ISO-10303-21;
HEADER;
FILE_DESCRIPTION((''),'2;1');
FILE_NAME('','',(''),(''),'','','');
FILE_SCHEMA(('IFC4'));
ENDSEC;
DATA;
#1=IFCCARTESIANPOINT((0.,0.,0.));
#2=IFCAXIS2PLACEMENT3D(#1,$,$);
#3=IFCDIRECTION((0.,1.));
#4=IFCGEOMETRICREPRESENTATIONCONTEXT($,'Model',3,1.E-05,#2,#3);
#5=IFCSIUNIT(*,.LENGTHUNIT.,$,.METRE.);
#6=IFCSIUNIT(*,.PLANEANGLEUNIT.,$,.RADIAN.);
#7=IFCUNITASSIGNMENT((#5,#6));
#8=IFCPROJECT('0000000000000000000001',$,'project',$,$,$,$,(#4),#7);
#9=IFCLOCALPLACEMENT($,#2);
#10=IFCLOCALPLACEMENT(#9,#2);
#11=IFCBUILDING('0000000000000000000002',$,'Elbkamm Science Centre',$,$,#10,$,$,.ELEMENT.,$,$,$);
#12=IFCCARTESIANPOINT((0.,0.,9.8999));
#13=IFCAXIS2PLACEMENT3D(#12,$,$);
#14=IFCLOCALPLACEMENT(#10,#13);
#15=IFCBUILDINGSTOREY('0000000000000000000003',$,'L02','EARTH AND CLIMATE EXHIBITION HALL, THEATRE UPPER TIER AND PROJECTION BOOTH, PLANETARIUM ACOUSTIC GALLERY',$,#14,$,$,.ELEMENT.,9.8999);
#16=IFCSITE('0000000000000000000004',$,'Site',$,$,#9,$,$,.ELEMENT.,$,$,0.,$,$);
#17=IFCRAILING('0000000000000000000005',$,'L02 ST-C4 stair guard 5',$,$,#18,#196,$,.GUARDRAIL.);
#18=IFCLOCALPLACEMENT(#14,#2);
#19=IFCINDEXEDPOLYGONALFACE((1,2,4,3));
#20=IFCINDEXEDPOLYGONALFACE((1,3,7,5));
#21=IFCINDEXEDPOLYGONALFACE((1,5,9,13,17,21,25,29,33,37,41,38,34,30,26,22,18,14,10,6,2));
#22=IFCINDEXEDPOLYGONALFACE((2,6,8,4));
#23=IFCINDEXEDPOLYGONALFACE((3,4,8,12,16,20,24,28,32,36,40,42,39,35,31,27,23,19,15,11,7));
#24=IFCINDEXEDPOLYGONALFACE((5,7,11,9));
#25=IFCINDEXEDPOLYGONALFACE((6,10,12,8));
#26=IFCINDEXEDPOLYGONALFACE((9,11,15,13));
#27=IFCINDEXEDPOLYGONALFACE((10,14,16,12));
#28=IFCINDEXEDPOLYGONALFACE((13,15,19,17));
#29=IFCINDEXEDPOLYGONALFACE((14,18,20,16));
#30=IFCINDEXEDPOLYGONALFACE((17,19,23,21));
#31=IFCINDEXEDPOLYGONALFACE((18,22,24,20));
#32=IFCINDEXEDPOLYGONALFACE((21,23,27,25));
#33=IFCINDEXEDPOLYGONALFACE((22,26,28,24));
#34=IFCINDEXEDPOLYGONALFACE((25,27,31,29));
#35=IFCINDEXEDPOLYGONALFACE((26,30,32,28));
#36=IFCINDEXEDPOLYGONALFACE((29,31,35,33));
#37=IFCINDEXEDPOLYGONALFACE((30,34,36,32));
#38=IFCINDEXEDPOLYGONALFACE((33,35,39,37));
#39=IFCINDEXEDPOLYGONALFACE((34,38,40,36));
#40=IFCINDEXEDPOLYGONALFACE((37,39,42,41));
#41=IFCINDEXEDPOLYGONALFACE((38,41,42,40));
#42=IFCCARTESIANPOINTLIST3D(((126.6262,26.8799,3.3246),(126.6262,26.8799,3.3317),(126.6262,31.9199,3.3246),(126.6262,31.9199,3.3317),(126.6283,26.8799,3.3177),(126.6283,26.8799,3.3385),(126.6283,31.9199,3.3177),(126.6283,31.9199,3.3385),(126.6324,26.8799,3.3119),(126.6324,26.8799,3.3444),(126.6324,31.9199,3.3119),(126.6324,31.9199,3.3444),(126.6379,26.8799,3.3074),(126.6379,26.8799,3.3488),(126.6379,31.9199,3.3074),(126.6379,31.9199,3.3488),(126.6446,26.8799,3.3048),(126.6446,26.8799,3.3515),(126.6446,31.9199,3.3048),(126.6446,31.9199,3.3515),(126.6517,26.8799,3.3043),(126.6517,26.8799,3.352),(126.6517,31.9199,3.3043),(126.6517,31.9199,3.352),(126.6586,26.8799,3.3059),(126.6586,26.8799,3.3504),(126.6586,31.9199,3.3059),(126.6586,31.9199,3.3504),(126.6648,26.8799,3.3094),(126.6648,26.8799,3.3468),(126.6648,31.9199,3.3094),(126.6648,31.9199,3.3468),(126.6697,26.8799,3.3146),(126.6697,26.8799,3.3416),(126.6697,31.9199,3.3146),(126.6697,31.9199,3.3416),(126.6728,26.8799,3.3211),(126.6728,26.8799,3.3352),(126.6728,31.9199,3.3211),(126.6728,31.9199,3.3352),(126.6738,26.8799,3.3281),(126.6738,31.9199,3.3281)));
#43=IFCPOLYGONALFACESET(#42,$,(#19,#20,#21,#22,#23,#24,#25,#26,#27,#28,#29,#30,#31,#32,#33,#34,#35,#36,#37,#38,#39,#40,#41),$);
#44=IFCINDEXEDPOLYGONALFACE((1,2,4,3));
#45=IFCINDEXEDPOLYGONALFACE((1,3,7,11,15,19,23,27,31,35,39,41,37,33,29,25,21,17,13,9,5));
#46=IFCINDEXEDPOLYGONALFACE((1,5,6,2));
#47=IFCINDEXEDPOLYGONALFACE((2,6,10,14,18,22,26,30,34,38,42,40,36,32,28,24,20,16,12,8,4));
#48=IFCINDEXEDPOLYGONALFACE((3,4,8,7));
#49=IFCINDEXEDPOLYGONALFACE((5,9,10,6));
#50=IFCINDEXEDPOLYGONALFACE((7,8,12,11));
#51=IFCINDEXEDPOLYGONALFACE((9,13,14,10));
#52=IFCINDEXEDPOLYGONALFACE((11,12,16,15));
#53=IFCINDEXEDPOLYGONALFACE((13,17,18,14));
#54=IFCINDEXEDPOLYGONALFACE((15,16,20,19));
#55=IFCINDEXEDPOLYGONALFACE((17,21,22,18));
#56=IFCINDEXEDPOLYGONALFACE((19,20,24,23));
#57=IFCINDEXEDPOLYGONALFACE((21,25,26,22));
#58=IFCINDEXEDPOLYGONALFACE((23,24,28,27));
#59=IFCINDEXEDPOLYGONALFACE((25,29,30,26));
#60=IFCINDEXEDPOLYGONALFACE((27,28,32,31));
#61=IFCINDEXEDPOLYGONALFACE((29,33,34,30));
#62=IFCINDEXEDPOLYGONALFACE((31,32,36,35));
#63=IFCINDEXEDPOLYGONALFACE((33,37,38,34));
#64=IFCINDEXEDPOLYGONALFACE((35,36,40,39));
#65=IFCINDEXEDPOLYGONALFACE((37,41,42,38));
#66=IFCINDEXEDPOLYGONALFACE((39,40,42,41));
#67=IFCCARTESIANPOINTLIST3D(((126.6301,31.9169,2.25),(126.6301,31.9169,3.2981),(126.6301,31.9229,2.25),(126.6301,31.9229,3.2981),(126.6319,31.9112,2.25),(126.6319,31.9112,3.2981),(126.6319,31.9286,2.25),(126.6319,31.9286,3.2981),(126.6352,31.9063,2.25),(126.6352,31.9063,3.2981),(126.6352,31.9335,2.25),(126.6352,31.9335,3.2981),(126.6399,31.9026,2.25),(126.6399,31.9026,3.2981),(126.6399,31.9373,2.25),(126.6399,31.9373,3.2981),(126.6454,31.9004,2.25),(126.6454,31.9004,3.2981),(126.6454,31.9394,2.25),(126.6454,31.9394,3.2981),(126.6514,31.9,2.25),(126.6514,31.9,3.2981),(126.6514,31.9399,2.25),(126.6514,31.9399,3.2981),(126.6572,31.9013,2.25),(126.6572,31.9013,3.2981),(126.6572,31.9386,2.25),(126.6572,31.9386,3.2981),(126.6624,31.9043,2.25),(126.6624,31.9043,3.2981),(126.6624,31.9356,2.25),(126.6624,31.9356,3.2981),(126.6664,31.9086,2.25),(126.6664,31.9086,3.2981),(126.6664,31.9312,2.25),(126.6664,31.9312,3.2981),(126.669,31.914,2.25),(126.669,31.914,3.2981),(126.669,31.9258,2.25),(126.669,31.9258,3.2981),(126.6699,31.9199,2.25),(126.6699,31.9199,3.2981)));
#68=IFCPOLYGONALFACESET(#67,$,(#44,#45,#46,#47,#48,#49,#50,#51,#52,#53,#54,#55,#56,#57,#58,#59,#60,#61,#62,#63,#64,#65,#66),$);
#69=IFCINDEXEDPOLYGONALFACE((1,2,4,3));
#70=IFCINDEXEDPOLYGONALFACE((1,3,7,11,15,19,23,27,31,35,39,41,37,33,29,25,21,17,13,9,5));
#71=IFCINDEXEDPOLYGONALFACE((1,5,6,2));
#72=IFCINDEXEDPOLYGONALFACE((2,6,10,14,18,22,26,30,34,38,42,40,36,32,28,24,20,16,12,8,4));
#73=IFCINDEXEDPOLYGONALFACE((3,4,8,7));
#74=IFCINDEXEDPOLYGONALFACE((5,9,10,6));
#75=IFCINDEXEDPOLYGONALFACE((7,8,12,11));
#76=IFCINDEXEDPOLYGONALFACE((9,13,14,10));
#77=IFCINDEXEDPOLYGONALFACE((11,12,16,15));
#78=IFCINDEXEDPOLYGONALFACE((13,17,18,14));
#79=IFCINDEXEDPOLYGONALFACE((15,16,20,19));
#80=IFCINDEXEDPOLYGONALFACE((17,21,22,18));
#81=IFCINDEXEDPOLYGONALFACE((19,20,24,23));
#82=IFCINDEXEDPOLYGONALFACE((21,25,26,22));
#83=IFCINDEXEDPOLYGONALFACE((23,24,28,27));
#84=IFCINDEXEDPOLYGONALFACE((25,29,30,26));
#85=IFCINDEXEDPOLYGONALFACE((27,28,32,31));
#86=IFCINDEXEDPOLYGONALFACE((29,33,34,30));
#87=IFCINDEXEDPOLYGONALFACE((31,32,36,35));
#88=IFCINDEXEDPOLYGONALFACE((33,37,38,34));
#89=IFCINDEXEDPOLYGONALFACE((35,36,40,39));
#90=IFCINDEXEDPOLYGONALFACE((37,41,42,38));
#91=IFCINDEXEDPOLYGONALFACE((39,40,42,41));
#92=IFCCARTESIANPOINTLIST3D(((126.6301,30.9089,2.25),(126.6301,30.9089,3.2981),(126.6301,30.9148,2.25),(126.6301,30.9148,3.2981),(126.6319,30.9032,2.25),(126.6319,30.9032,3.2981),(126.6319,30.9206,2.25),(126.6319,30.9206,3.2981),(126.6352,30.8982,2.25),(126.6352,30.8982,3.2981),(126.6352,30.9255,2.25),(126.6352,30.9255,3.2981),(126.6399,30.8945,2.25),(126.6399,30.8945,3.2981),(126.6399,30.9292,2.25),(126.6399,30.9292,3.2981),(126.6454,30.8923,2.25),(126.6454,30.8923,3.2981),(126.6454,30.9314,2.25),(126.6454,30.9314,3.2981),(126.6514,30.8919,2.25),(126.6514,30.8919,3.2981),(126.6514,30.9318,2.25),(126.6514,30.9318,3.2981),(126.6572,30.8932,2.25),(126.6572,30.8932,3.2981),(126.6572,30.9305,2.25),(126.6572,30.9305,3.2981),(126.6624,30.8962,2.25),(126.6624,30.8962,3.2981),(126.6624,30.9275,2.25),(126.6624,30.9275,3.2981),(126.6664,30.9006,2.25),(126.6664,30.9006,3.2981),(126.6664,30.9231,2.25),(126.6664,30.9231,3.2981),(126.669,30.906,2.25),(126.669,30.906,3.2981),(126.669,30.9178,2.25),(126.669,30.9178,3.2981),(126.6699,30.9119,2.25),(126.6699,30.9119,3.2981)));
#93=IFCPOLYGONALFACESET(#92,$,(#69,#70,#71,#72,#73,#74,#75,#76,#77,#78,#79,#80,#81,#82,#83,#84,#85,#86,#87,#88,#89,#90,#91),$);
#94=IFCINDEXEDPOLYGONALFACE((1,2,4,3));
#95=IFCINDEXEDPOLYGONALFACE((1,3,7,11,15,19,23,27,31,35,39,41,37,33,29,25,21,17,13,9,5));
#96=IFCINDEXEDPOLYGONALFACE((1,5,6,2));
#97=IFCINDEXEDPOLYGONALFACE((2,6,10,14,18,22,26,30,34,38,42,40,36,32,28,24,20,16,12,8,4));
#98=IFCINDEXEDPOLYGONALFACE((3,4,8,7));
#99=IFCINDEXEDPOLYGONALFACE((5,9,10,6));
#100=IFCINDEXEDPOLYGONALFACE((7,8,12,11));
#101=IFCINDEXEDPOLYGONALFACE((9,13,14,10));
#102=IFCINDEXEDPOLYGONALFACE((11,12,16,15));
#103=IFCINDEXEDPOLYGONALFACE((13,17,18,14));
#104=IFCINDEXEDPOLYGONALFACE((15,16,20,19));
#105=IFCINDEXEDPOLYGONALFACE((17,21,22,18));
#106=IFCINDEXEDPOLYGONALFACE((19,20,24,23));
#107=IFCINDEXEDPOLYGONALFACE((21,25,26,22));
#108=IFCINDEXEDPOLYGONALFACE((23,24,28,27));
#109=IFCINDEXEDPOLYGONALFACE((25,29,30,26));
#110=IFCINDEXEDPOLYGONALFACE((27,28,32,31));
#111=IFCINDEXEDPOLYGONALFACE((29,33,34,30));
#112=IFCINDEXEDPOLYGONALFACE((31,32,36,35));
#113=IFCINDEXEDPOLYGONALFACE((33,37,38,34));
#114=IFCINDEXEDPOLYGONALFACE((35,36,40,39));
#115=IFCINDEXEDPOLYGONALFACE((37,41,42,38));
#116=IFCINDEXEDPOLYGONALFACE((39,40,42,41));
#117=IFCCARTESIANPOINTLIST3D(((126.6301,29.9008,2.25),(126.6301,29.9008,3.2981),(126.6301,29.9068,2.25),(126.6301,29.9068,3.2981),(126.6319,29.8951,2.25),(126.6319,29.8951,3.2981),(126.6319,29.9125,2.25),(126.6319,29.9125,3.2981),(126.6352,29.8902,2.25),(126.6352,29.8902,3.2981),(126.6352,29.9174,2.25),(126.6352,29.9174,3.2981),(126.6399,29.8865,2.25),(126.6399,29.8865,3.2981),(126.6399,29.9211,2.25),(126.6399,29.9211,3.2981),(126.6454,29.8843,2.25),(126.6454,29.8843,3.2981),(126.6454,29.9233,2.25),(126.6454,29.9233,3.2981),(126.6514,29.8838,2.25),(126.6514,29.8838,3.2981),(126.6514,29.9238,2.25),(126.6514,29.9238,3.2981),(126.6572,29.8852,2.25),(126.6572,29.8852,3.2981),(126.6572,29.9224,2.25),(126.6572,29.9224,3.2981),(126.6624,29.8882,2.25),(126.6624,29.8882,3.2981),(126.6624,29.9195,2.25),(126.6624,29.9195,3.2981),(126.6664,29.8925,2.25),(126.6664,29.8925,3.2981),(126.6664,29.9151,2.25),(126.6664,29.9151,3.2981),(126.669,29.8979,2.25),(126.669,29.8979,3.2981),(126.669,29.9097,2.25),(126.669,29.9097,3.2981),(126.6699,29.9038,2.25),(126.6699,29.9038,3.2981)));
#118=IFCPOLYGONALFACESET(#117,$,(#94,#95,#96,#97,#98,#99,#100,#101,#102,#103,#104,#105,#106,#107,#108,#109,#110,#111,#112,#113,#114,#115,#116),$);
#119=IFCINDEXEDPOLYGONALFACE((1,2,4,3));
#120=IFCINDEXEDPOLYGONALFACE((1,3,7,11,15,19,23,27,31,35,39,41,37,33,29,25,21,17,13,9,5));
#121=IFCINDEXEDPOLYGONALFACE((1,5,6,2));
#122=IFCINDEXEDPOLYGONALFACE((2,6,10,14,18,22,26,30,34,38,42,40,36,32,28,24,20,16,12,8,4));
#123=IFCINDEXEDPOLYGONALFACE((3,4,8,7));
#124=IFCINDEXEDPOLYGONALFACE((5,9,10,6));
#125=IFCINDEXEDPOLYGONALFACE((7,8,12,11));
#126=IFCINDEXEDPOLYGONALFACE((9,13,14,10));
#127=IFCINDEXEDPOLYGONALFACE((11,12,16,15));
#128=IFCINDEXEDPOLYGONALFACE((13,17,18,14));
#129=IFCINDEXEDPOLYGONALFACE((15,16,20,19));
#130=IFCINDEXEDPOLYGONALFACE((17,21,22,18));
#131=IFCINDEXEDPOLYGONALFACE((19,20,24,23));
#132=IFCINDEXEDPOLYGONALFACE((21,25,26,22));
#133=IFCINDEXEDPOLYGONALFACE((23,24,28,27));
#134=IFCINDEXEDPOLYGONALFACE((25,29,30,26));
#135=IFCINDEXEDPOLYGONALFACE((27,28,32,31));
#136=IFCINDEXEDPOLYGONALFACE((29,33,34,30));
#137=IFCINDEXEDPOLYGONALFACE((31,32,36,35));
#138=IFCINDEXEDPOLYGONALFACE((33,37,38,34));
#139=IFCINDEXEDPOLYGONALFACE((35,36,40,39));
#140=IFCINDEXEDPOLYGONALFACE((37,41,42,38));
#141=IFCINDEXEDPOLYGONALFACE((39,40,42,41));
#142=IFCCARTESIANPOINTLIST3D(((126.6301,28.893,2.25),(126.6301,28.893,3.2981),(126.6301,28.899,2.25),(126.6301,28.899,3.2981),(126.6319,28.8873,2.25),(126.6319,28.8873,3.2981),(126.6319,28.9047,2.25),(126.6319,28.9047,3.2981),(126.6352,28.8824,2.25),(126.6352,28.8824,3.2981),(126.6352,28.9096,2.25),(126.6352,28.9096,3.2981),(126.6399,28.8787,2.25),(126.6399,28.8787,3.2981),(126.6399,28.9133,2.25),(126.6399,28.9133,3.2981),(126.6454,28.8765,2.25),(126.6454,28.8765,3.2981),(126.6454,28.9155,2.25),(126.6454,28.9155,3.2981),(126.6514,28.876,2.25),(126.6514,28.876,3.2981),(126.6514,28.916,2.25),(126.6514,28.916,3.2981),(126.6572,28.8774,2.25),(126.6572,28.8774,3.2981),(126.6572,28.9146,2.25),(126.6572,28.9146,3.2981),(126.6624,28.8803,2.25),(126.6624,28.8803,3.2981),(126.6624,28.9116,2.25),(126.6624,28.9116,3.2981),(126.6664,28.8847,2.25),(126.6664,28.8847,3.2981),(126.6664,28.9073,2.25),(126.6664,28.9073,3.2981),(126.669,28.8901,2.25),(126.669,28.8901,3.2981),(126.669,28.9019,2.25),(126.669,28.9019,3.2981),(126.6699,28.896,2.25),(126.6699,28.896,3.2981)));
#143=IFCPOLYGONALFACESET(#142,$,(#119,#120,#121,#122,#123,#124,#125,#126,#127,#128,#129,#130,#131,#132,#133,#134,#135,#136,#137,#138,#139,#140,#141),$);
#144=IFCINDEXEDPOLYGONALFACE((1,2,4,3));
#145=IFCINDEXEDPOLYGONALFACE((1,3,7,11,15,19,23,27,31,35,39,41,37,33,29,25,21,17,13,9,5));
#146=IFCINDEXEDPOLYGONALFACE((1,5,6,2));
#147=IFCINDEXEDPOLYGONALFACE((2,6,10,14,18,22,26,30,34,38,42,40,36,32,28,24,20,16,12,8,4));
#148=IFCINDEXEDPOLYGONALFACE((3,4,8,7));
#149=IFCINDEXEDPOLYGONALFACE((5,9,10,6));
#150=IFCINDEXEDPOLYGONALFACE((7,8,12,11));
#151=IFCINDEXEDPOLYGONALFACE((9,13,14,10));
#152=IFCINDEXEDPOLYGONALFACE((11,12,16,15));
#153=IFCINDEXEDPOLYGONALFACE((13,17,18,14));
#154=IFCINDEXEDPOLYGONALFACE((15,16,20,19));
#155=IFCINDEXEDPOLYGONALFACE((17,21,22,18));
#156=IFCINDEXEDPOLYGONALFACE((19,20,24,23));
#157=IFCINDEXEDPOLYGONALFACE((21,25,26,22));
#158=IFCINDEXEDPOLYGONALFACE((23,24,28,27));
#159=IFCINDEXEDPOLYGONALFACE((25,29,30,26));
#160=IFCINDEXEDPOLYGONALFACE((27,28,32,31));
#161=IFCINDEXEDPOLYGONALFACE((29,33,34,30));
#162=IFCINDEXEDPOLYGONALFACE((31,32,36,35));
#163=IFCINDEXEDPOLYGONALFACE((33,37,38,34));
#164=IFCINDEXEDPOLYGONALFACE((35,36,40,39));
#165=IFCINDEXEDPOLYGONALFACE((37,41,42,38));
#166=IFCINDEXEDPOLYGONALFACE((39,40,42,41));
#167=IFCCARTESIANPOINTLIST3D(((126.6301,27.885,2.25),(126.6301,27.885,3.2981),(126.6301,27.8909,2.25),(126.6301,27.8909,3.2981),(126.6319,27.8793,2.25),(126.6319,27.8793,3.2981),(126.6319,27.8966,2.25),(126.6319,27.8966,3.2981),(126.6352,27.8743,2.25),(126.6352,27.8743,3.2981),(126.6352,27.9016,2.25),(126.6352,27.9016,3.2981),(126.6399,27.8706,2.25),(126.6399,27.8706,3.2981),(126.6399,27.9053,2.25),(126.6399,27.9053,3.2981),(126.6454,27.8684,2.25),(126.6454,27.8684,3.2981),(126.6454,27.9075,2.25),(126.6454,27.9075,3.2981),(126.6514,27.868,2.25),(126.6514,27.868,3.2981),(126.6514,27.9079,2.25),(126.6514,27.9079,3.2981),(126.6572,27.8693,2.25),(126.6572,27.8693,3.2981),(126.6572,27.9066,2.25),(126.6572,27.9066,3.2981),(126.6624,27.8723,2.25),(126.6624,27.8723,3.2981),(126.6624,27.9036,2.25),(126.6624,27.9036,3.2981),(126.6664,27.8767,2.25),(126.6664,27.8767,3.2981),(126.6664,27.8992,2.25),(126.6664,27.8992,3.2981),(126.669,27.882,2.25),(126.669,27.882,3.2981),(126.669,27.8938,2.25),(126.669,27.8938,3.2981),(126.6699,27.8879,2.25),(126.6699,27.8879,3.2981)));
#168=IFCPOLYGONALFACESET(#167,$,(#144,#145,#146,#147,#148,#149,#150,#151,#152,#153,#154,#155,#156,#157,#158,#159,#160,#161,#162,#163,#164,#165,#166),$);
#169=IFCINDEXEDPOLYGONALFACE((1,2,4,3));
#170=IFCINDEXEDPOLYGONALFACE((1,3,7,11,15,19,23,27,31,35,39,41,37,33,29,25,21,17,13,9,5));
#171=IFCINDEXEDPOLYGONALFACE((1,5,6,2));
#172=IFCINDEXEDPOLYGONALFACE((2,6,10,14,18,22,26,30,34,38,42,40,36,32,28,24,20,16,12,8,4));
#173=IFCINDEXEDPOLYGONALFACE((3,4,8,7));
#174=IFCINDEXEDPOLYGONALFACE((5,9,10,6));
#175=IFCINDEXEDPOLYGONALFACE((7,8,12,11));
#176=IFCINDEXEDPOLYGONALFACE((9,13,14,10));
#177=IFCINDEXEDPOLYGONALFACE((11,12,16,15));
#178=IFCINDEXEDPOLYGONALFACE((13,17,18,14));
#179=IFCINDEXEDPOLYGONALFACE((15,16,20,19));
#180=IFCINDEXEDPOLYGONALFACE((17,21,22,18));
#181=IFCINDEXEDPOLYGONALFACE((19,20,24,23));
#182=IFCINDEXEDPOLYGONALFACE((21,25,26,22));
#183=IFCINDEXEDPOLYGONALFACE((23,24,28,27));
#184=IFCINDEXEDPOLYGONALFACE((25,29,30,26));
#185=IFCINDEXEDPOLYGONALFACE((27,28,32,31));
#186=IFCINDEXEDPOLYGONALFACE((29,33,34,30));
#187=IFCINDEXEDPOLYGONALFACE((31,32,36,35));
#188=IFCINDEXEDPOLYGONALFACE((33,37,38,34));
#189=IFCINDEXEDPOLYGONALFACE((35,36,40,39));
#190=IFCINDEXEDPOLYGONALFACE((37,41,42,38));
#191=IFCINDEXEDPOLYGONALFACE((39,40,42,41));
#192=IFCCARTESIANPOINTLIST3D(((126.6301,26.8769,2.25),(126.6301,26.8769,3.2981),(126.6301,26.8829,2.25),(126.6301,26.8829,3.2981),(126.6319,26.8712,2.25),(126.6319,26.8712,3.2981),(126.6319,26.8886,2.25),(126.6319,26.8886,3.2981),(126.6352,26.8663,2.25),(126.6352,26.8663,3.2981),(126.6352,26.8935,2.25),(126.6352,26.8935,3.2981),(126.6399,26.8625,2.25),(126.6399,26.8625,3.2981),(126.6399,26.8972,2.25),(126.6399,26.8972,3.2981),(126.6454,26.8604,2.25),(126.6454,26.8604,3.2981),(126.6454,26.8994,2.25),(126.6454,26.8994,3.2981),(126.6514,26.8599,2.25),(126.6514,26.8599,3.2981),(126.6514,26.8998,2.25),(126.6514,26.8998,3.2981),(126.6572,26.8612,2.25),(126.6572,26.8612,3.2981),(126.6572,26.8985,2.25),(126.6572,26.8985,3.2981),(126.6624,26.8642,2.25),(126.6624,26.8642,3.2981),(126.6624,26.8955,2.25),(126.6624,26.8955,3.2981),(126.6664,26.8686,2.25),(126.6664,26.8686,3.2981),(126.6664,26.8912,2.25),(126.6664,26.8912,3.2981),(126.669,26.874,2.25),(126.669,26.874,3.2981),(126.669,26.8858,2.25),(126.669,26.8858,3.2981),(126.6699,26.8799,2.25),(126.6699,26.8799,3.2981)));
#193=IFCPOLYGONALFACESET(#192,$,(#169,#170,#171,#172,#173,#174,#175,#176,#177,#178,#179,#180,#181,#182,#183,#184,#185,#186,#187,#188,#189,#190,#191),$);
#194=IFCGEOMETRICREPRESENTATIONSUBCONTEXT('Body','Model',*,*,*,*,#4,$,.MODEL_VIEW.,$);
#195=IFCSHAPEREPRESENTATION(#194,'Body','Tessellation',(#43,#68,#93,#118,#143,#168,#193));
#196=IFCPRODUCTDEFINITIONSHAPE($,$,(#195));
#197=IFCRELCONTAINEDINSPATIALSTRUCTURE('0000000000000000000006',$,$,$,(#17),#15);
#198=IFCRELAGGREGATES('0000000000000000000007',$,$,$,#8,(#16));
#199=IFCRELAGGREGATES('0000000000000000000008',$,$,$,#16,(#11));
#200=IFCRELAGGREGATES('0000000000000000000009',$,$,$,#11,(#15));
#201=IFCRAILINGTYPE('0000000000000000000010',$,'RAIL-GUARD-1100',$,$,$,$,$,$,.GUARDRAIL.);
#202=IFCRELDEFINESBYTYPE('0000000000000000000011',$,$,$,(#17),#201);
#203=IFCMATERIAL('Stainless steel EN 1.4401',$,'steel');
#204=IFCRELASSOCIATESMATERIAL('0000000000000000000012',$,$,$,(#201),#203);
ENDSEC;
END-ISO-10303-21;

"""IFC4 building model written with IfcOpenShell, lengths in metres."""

from ifc_helpers import new_model, si_unit, direction, frame, origin, origin_2d, place, context, subcontext, project, spatial, circle, extrude, material, type_object, element, save


model = new_model("IFC4")

# Units and contexts
model_context = context("Model", 3, precision=1e-05, world=origin(), true_north=direction((0.0, 1.0)))
body_context = subcontext(model_context, "Body", "Model", "MODEL_VIEW")
ifc_project = project(units=[si_unit("LENGTHUNIT", "METRE"), si_unit("PLANEANGLEUNIT", "RADIAN")], contexts=[model_context])

# Site, building, storey
site_placement = place(None, origin())
site = spatial("IfcSite", under=ifc_project, at=site_placement, Name="Site", CompositionType="ELEMENT", RefElevation=0.0)
building_placement = place(site_placement, origin())
building = spatial("IfcBuilding", under=site, at=building_placement, Name="Elbkamm Science Centre", CompositionType="ELEMENT")
storey_placement = place(building_placement, frame((0.0, 0.0, 9.8999)))
storey = spatial("IfcBuildingStorey", under=building, at=storey_placement, Name="L02", Description="EARTH AND CLIMATE EXHIBITION HALL, THEATRE UPPER TIER AND PROJECTION BOOTH, PLANETARIUM ACOUSTIC GALLERY", CompositionType="ELEMENT", Elevation=9.8999)

# Railing
ifc_material_1 = material(Name="Stainless steel EN 1.4401", Category="steel")
railing_type_1 = type_object("IfcRailingType", Name="RAIL-GUARD-1100", PredefinedType="GUARDRAIL", material=ifc_material_1)
railing_1_placement = place(storey_placement, frame((126.6499, 31.9199, 2.25)))
element("IfcRailing", 1, at=railing_1_placement, inside=storey, type_object=railing_type_1, Name="L02 ST-C4 stair guard 5", PredefinedType="GUARDRAIL", context=body_context, shape_type="SweptSolid", body=[
    extrude(circle(Radius=0.0239, at=origin_2d()), frame((0.0, 0.0, 1.0781), z_axis=(0.0, -1.0, 0.0), x_axis=(1.0, 0.0, 0.0)), (0.0, 0.0, 1.0), 5.04),
    extrude(circle(Radius=0.02, at=origin_2d()), origin(), (0.0, 0.0, 1.0), 1.0481),
    extrude(circle(Radius=0.02, at=origin_2d()), frame((0.0, -1.0081, 0.0)), (0.0, 0.0, 1.0), 1.0481),
    extrude(circle(Radius=0.02, at=origin_2d()), frame((0.0, -2.0161, 0.0)), (0.0, 0.0, 1.0), 1.0481),
    extrude(circle(Radius=0.02, at=origin_2d()), frame((0.0, -3.0239, 0.0)), (0.0, 0.0, 1.0), 1.0481),
    extrude(circle(Radius=0.02, at=origin_2d()), frame((0.0, -4.032, 0.0)), (0.0, 0.0, 1.0), 1.0481),
    extrude(circle(Radius=0.02, at=origin_2d()), frame((0.0, -5.04, 0.0)), (0.0, 0.0, 1.0), 1.0481),
])

save(model, "model.ifc")
